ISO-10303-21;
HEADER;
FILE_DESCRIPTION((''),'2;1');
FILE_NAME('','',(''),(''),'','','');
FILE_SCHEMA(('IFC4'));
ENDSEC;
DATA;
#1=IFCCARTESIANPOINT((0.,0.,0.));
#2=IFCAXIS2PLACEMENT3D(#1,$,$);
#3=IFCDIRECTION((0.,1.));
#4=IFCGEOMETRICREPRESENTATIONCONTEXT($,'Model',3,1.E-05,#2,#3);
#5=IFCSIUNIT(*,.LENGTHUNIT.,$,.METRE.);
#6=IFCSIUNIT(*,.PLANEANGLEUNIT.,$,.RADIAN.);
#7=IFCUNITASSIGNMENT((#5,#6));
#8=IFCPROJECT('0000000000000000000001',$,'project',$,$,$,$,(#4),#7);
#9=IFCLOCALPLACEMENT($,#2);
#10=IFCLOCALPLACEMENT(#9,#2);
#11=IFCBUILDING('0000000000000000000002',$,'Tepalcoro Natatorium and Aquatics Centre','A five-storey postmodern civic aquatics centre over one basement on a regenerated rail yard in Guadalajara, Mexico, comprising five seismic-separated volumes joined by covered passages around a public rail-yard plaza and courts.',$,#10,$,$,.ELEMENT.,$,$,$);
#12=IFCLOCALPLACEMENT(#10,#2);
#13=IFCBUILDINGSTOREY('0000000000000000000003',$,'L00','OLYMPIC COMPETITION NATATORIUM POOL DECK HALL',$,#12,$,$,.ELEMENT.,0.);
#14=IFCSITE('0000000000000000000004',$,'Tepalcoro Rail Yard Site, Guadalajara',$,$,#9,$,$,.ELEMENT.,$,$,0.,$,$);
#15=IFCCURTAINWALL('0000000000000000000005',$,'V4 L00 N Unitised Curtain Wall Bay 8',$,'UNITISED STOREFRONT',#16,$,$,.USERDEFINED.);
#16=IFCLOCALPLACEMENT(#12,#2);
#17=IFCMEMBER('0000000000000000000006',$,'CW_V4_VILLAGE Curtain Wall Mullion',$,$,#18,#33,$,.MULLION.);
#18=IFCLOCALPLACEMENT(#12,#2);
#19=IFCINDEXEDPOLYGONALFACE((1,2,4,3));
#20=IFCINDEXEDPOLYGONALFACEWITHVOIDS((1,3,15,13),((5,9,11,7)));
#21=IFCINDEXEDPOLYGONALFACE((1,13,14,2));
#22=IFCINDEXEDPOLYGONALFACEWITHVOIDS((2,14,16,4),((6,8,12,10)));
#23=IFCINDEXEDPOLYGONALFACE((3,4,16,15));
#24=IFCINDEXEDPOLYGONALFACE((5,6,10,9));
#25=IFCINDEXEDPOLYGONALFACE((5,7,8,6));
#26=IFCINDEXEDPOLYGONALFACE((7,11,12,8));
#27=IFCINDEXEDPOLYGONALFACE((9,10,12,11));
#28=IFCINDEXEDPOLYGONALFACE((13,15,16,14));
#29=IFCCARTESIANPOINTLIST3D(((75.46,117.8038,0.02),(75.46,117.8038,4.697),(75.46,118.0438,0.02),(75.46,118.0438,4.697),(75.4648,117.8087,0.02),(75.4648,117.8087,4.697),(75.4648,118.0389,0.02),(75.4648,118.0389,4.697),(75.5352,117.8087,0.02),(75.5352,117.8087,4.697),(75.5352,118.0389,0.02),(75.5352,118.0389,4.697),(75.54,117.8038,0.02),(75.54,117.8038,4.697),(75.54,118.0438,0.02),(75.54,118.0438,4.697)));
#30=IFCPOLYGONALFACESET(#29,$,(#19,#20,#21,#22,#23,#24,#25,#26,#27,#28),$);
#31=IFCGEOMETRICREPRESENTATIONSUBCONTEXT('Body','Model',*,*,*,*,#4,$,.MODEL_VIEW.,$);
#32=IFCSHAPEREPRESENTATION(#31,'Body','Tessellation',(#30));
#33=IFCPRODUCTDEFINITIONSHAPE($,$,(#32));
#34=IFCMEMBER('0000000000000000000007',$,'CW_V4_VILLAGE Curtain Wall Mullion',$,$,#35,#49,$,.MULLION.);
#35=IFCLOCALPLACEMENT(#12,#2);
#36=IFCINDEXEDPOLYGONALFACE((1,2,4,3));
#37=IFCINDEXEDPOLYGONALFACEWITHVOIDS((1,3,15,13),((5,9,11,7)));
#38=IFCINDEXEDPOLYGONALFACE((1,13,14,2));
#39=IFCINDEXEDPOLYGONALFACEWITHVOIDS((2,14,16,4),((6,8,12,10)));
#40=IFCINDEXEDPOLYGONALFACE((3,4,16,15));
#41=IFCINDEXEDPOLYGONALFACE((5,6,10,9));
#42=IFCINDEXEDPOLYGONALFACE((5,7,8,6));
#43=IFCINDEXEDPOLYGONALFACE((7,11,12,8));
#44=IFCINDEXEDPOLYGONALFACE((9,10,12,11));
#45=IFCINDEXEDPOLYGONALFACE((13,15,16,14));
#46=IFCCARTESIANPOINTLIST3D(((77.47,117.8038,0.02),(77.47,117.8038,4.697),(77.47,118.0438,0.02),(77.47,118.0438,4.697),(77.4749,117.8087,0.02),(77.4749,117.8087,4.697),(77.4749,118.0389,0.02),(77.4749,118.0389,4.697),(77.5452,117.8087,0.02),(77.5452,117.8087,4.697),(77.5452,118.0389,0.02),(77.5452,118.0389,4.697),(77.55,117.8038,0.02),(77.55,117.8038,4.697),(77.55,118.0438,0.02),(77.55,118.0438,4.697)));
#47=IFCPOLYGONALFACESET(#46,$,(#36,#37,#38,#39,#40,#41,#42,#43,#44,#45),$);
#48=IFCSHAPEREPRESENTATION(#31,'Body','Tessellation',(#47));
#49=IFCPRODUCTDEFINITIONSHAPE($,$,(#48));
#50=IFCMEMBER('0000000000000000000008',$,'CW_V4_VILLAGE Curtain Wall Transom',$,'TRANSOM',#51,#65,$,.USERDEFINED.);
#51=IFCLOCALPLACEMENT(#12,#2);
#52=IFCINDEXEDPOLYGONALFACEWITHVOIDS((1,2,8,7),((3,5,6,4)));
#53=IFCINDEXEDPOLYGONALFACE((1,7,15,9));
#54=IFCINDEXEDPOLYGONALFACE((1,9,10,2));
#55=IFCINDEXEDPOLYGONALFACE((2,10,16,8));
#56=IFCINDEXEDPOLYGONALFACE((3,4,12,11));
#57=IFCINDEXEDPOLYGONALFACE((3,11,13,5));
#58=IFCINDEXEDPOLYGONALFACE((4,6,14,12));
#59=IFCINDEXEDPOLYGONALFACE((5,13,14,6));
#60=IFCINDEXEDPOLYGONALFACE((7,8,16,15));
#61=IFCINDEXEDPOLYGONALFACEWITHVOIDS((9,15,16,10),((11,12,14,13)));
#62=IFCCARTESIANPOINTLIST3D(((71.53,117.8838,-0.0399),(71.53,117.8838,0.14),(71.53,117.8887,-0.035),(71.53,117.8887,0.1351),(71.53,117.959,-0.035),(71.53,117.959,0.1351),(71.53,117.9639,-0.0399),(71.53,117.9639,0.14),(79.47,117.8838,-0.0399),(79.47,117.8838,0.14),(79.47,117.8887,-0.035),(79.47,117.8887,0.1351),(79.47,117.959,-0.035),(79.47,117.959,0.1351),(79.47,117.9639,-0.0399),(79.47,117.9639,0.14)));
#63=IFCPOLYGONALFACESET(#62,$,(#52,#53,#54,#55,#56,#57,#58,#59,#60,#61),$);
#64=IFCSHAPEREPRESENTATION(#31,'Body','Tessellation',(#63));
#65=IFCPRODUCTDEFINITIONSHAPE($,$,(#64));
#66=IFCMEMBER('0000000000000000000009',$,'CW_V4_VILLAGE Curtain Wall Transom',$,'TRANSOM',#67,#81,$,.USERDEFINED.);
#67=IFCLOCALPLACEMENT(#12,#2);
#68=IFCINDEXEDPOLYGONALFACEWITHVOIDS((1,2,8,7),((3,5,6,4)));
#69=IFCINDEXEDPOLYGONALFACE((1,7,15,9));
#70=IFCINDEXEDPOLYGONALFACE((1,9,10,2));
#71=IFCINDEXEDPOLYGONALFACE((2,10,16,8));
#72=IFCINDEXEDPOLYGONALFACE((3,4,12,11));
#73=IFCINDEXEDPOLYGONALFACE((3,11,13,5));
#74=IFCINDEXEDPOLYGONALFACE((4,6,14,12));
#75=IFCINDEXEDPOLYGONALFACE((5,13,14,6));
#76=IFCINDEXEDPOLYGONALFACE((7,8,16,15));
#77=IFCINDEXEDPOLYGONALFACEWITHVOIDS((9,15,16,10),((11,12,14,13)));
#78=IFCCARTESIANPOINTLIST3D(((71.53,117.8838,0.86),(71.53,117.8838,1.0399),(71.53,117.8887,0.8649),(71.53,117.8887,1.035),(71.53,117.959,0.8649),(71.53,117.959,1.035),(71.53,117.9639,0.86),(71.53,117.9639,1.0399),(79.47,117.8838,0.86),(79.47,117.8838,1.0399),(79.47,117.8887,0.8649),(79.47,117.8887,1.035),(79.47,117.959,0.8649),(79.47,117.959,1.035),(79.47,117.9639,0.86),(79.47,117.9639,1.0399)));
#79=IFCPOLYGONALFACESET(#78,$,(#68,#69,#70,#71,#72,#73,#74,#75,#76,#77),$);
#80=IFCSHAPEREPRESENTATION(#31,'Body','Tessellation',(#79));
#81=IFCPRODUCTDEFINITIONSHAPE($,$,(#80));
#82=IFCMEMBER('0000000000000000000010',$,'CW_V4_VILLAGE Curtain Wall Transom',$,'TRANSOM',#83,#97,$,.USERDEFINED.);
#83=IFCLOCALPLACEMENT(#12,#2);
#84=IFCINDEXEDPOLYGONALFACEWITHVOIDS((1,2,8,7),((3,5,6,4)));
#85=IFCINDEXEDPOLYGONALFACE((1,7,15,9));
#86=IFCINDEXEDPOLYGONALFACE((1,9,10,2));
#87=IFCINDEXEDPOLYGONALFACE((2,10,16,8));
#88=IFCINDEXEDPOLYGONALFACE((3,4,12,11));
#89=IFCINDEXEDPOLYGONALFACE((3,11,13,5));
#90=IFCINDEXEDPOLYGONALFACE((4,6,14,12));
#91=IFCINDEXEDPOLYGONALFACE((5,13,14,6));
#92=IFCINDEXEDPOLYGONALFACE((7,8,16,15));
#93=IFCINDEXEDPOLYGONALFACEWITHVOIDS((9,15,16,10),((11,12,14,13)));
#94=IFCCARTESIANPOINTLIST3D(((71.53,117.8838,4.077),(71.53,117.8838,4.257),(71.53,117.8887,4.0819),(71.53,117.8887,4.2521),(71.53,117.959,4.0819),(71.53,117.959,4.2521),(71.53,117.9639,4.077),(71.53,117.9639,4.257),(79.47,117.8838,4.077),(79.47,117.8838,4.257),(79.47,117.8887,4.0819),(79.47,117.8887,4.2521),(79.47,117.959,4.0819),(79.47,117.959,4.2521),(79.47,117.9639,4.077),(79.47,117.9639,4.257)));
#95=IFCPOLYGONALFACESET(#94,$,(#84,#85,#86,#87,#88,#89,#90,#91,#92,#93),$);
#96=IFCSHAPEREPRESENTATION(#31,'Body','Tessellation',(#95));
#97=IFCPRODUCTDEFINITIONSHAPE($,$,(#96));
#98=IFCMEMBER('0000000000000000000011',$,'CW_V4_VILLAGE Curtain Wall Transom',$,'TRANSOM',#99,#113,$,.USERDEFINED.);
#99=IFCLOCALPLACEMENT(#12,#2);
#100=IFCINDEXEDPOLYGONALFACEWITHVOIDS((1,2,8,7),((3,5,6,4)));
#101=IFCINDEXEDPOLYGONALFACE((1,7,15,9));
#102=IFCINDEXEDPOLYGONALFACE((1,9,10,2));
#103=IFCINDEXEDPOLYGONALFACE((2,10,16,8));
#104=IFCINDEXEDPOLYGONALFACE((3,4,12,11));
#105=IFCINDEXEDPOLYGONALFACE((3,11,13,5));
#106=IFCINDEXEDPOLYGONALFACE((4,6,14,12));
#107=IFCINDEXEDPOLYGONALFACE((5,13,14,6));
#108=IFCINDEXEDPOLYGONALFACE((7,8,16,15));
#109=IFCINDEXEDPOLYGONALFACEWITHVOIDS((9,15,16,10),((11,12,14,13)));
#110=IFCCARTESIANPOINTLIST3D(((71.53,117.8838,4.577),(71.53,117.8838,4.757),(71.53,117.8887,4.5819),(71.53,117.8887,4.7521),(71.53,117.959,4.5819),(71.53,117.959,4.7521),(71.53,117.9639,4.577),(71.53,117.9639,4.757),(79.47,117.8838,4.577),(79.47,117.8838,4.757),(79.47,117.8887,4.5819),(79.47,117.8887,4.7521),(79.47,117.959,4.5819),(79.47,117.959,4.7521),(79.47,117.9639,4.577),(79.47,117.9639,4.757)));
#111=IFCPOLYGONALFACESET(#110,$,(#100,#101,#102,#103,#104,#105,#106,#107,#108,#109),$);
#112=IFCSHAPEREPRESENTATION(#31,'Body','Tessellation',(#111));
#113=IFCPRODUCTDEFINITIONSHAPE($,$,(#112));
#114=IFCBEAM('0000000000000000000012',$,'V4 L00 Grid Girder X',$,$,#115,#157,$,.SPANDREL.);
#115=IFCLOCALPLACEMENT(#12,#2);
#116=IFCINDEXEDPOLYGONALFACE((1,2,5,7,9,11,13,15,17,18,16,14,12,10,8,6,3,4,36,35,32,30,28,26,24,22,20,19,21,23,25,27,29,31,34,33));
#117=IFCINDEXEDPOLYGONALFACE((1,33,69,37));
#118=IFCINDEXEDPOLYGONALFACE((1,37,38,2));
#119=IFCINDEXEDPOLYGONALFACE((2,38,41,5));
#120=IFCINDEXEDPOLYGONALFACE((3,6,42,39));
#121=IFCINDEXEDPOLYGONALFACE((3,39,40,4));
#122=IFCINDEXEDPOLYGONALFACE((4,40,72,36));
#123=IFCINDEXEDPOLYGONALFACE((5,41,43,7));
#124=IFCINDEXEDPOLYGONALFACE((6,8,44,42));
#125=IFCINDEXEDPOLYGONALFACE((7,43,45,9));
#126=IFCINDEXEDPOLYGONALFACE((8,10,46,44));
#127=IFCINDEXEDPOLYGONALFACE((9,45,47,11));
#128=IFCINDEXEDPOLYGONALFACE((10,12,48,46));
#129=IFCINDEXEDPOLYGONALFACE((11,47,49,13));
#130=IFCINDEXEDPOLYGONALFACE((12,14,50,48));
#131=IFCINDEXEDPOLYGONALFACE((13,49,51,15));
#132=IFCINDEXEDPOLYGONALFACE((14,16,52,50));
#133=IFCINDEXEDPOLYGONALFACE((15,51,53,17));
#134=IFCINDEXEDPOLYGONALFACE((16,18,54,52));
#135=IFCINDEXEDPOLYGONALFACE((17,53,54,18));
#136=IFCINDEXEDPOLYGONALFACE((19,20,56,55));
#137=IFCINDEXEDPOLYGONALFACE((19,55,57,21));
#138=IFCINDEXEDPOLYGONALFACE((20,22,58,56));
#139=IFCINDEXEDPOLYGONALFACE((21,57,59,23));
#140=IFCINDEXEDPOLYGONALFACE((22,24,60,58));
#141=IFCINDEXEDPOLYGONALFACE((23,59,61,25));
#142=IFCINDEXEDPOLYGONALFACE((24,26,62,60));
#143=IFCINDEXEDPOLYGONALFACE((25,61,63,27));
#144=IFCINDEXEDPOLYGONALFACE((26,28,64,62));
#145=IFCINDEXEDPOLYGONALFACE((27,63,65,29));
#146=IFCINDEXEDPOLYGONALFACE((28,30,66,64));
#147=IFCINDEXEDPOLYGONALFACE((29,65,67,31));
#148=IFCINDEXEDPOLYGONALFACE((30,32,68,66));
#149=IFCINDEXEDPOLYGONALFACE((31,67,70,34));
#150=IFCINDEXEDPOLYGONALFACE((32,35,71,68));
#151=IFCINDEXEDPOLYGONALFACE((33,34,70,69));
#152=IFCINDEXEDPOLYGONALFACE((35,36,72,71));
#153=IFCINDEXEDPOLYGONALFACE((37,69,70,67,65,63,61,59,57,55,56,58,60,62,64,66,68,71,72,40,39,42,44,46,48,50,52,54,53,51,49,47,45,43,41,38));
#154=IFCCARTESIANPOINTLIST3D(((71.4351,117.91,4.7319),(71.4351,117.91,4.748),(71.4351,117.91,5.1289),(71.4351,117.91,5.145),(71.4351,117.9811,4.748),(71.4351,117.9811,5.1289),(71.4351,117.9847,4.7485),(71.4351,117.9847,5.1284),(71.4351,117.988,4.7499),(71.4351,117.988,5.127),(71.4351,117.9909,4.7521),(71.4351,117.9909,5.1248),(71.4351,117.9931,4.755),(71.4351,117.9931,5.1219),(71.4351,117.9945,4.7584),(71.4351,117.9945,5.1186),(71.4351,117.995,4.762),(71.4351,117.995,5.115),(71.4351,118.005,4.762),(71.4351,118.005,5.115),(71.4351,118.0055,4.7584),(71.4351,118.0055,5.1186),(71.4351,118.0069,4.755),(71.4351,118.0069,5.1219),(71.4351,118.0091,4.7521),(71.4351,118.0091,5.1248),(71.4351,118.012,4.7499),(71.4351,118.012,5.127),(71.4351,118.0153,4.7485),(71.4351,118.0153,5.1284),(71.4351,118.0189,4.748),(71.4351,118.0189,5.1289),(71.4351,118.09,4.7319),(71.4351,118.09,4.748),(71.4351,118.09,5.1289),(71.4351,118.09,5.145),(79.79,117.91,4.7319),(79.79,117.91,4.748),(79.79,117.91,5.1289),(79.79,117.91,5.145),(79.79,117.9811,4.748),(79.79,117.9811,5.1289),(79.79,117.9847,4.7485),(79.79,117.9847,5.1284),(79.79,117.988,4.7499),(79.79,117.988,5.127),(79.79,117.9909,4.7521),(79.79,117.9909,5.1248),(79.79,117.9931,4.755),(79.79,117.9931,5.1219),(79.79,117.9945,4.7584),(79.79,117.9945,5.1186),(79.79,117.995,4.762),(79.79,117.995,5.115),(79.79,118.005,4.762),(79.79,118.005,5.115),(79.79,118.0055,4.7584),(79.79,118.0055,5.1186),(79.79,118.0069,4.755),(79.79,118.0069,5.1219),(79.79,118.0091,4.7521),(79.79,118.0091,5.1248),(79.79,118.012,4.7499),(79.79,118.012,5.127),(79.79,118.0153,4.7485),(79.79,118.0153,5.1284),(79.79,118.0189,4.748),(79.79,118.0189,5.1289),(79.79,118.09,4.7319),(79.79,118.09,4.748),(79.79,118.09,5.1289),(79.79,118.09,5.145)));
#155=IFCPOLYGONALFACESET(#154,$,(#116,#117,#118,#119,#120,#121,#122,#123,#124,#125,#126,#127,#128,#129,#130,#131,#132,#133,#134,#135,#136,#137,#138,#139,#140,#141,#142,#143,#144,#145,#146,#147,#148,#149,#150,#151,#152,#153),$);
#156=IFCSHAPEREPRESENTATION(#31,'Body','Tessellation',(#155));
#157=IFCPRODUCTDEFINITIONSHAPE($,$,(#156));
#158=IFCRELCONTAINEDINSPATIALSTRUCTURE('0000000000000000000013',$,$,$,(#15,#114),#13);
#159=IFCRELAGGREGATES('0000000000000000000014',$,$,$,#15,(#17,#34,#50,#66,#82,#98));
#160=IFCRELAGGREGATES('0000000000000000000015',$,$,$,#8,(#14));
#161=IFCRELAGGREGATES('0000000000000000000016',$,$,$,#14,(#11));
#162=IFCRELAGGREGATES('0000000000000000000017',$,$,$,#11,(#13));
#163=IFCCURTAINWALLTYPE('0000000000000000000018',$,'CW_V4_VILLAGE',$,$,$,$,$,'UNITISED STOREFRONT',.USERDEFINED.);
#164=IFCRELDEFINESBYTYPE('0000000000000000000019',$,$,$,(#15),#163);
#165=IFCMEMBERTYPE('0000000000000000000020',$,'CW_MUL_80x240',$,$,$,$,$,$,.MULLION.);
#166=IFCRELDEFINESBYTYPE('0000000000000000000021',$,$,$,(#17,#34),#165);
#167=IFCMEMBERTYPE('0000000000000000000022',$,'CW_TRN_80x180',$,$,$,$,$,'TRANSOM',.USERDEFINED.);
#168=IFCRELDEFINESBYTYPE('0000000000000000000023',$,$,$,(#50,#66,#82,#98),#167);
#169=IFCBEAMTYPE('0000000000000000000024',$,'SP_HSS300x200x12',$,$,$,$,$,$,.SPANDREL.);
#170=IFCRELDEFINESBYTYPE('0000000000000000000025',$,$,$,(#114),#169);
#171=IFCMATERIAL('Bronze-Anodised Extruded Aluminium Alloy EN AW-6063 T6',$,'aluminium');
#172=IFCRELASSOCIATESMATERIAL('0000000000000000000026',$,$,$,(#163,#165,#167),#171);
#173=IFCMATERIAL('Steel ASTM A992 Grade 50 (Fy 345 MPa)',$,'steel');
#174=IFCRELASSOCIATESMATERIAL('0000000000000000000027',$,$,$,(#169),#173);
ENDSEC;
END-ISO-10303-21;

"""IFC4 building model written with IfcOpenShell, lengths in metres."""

from ifc_helpers import new_model, si_unit, direction, frame, origin, origin_2d, place, context, subcontext, project, spatial, hollow_rectangle, i_section, extrude, material, material_profile, profile_set, type_object, element, aggregate, save


model = new_model("IFC4")

# Units and contexts
model_context = context("Model", 3, precision=1e-05, world=origin(), true_north=direction((0.0, 1.0)))
body_context = subcontext(model_context, "Body", "Model", "MODEL_VIEW")
ifc_project = project(units=[si_unit("LENGTHUNIT", "METRE"), si_unit("PLANEANGLEUNIT", "RADIAN")], contexts=[model_context])

# Site, building, storey
site_placement = place(None, origin())
site = spatial("IfcSite", under=ifc_project, at=site_placement, Name="Tepalcoro Rail Yard Site, Guadalajara", CompositionType="ELEMENT", RefElevation=0.0)
building_placement = place(site_placement, origin())
building = spatial("IfcBuilding", under=site, at=building_placement, Name="Tepalcoro Natatorium and Aquatics Centre", Description="A five-storey postmodern civic aquatics centre over one basement on a regenerated rail yard in Guadalajara, Mexico, comprising five seismic-separated volumes joined by covered passages around a public rail-yard plaza and courts.", CompositionType="ELEMENT")
storey_placement = place(building_placement, origin())
storey = spatial("IfcBuildingStorey", under=building, at=storey_placement, Name="L00", Description="OLYMPIC COMPETITION NATATORIUM POOL DECK HALL", CompositionType="ELEMENT", Elevation=0.0)

# Curtain wall, members
ifc_material_1 = material(Name="Bronze-Anodised Extruded Aluminium Alloy EN AW-6063 T6", Category="aluminium")
curtain_wall_type_1 = type_object("IfcCurtainWallType", Name="CW_V4_VILLAGE", ElementType="UNITISED STOREFRONT", PredefinedType="USERDEFINED", material=ifc_material_1)
curtain_wall_1_placement = place(storey_placement, origin())
curtain_wall_1 = element("IfcCurtainWall", 1, at=curtain_wall_1_placement, inside=storey, type_object=curtain_wall_type_1, Name="V4 L00 N Unitised Curtain Wall Bay 8", ObjectType="UNITISED STOREFRONT", PredefinedType="USERDEFINED")
ifc_material_profile_1 = material_profile(ifc_material_1, hollow_rectangle(XDim=0.0801, YDim=0.24, WallThickness=0.0049, at=origin_2d()), Name="AL80X240X5")
ifc_profile_set_1 = profile_set([ifc_material_profile_1], Name="Bronze-Anodised Extruded Aluminium Alloy EN AW-6063 T6")
member_type_1 = type_object("IfcMemberType", Name="CW_MUL_80x240", PredefinedType="MULLION", material=ifc_profile_set_1)
member_1_placement = place(storey_placement, frame((75.5, 117.9238, 0.02), z_axis=(0.0, 0.0, 1.0), x_axis=(1.0, 0.0, 0.0)))
member_1 = element("IfcMember", 2, at=member_1_placement, type_object=member_type_1, Name="CW_V4_VILLAGE Curtain Wall Mullion", PredefinedType="MULLION", context=body_context, shape_type="SweptSolid", body=[
    extrude(hollow_rectangle(XDim=0.0801, YDim=0.24, WallThickness=0.0049, at=origin_2d()), origin(), (0.0, 0.0, 1.0), 4.677),
])
member_2_placement = place(storey_placement, frame((77.51, 117.9238, 0.02), z_axis=(0.0, 0.0, 1.0), x_axis=(1.0, 0.0, 0.0)))
member_2 = element("IfcMember", 3, at=member_2_placement, type_object=member_type_1, Name="CW_V4_VILLAGE Curtain Wall Mullion", PredefinedType="MULLION", context=body_context, shape_type="SweptSolid", body=[
    extrude(hollow_rectangle(XDim=0.0801, YDim=0.24, WallThickness=0.0049, at=origin_2d()), origin(), (0.0, 0.0, 1.0), 4.677),
])
ifc_material_profile_2 = material_profile(ifc_material_1, hollow_rectangle(XDim=0.0801, YDim=0.1799, WallThickness=0.0049, at=origin_2d()), Name="AL80X180X5")
ifc_profile_set_2 = profile_set([ifc_material_profile_2], Name="Bronze-Anodised Extruded Aluminium Alloy EN AW-6063 T6")
member_type_2 = type_object("IfcMemberType", Name="CW_TRN_80x180", ElementType="TRANSOM", PredefinedType="USERDEFINED", material=ifc_profile_set_2)
member_3_placement = place(storey_placement, frame((71.53, 117.9238, 0.05), z_axis=(1.0, 0.0, 0.0), x_axis=(0.0, 1.0, 0.0)))
member_3 = element("IfcMember", 4, at=member_3_placement, type_object=member_type_2, Name="CW_V4_VILLAGE Curtain Wall Transom", ObjectType="TRANSOM", PredefinedType="USERDEFINED", context=body_context, shape_type="SweptSolid", body=[
    extrude(hollow_rectangle(XDim=0.0801, YDim=0.1799, WallThickness=0.0049, at=origin_2d()), origin(), (0.0, 0.0, 1.0), 7.9399),
])
member_4_placement = place(storey_placement, frame((71.53, 117.9238, 0.95), z_axis=(1.0, 0.0, 0.0), x_axis=(0.0, 1.0, 0.0)))
member_4 = element("IfcMember", 5, at=member_4_placement, type_object=member_type_2, Name="CW_V4_VILLAGE Curtain Wall Transom", ObjectType="TRANSOM", PredefinedType="USERDEFINED", context=body_context, shape_type="SweptSolid", body=[
    extrude(hollow_rectangle(XDim=0.0801, YDim=0.1799, WallThickness=0.0049, at=origin_2d()), origin(), (0.0, 0.0, 1.0), 7.9399),
])
member_5_placement = place(storey_placement, frame((71.53, 117.9238, 4.167), z_axis=(1.0, 0.0, 0.0), x_axis=(0.0, 1.0, 0.0)))
member_5 = element("IfcMember", 6, at=member_5_placement, type_object=member_type_2, Name="CW_V4_VILLAGE Curtain Wall Transom", ObjectType="TRANSOM", PredefinedType="USERDEFINED", context=body_context, shape_type="SweptSolid", body=[
    extrude(hollow_rectangle(XDim=0.0801, YDim=0.1799, WallThickness=0.0049, at=origin_2d()), origin(), (0.0, 0.0, 1.0), 7.9399),
])
member_6_placement = place(storey_placement, frame((71.53, 117.9238, 4.667), z_axis=(1.0, 0.0, 0.0), x_axis=(0.0, 1.0, 0.0)))
member_6 = element("IfcMember", 7, at=member_6_placement, type_object=member_type_2, Name="CW_V4_VILLAGE Curtain Wall Transom", ObjectType="TRANSOM", PredefinedType="USERDEFINED", context=body_context, shape_type="SweptSolid", body=[
    extrude(hollow_rectangle(XDim=0.0801, YDim=0.1799, WallThickness=0.0049, at=origin_2d()), origin(), (0.0, 0.0, 1.0), 7.9399),
])

# Beam
ifc_material_2 = material(Name="Steel ASTM A992 Grade 50 (Fy 345 MPa)", Category="steel")
ifc_material_profile_3 = material_profile(ifc_material_2, i_section(OverallWidth=0.1799, OverallDepth=0.4131, WebThickness=0.01, FlangeThickness=0.0161, FilletRadius=0.0139, at=origin_2d()), Name="W16X50")
ifc_profile_set_3 = profile_set([ifc_material_profile_3], Name="Steel ASTM A992 Grade 50 (Fy 345 MPa)")
beam_type_1 = type_object("IfcBeamType", Name="SP_HSS300x200x12", PredefinedType="SPANDREL", material=ifc_profile_set_3)
beam_1_placement = place(storey_placement, frame((71.4351, 118.0, 4.9385), z_axis=(1.0, 0.0, 0.0), x_axis=(0.0, 1.0, 0.0)))
element("IfcBeam", 8, at=beam_1_placement, inside=storey, type_object=beam_type_1, Name="V4 L00 Grid Girder X", PredefinedType="SPANDREL", context=body_context, shape_type="SweptSolid", body=[
    extrude(i_section(OverallWidth=0.1799, OverallDepth=0.4131, WebThickness=0.01, FlangeThickness=0.0161, FilletRadius=0.0139, at=origin_2d()), origin(), (0.0, 0.0, 1.0), 8.355),
])

aggregate(curtain_wall_1, [member_1, member_2, member_3, member_4, member_5, member_6])

save(model, "model.ifc")
